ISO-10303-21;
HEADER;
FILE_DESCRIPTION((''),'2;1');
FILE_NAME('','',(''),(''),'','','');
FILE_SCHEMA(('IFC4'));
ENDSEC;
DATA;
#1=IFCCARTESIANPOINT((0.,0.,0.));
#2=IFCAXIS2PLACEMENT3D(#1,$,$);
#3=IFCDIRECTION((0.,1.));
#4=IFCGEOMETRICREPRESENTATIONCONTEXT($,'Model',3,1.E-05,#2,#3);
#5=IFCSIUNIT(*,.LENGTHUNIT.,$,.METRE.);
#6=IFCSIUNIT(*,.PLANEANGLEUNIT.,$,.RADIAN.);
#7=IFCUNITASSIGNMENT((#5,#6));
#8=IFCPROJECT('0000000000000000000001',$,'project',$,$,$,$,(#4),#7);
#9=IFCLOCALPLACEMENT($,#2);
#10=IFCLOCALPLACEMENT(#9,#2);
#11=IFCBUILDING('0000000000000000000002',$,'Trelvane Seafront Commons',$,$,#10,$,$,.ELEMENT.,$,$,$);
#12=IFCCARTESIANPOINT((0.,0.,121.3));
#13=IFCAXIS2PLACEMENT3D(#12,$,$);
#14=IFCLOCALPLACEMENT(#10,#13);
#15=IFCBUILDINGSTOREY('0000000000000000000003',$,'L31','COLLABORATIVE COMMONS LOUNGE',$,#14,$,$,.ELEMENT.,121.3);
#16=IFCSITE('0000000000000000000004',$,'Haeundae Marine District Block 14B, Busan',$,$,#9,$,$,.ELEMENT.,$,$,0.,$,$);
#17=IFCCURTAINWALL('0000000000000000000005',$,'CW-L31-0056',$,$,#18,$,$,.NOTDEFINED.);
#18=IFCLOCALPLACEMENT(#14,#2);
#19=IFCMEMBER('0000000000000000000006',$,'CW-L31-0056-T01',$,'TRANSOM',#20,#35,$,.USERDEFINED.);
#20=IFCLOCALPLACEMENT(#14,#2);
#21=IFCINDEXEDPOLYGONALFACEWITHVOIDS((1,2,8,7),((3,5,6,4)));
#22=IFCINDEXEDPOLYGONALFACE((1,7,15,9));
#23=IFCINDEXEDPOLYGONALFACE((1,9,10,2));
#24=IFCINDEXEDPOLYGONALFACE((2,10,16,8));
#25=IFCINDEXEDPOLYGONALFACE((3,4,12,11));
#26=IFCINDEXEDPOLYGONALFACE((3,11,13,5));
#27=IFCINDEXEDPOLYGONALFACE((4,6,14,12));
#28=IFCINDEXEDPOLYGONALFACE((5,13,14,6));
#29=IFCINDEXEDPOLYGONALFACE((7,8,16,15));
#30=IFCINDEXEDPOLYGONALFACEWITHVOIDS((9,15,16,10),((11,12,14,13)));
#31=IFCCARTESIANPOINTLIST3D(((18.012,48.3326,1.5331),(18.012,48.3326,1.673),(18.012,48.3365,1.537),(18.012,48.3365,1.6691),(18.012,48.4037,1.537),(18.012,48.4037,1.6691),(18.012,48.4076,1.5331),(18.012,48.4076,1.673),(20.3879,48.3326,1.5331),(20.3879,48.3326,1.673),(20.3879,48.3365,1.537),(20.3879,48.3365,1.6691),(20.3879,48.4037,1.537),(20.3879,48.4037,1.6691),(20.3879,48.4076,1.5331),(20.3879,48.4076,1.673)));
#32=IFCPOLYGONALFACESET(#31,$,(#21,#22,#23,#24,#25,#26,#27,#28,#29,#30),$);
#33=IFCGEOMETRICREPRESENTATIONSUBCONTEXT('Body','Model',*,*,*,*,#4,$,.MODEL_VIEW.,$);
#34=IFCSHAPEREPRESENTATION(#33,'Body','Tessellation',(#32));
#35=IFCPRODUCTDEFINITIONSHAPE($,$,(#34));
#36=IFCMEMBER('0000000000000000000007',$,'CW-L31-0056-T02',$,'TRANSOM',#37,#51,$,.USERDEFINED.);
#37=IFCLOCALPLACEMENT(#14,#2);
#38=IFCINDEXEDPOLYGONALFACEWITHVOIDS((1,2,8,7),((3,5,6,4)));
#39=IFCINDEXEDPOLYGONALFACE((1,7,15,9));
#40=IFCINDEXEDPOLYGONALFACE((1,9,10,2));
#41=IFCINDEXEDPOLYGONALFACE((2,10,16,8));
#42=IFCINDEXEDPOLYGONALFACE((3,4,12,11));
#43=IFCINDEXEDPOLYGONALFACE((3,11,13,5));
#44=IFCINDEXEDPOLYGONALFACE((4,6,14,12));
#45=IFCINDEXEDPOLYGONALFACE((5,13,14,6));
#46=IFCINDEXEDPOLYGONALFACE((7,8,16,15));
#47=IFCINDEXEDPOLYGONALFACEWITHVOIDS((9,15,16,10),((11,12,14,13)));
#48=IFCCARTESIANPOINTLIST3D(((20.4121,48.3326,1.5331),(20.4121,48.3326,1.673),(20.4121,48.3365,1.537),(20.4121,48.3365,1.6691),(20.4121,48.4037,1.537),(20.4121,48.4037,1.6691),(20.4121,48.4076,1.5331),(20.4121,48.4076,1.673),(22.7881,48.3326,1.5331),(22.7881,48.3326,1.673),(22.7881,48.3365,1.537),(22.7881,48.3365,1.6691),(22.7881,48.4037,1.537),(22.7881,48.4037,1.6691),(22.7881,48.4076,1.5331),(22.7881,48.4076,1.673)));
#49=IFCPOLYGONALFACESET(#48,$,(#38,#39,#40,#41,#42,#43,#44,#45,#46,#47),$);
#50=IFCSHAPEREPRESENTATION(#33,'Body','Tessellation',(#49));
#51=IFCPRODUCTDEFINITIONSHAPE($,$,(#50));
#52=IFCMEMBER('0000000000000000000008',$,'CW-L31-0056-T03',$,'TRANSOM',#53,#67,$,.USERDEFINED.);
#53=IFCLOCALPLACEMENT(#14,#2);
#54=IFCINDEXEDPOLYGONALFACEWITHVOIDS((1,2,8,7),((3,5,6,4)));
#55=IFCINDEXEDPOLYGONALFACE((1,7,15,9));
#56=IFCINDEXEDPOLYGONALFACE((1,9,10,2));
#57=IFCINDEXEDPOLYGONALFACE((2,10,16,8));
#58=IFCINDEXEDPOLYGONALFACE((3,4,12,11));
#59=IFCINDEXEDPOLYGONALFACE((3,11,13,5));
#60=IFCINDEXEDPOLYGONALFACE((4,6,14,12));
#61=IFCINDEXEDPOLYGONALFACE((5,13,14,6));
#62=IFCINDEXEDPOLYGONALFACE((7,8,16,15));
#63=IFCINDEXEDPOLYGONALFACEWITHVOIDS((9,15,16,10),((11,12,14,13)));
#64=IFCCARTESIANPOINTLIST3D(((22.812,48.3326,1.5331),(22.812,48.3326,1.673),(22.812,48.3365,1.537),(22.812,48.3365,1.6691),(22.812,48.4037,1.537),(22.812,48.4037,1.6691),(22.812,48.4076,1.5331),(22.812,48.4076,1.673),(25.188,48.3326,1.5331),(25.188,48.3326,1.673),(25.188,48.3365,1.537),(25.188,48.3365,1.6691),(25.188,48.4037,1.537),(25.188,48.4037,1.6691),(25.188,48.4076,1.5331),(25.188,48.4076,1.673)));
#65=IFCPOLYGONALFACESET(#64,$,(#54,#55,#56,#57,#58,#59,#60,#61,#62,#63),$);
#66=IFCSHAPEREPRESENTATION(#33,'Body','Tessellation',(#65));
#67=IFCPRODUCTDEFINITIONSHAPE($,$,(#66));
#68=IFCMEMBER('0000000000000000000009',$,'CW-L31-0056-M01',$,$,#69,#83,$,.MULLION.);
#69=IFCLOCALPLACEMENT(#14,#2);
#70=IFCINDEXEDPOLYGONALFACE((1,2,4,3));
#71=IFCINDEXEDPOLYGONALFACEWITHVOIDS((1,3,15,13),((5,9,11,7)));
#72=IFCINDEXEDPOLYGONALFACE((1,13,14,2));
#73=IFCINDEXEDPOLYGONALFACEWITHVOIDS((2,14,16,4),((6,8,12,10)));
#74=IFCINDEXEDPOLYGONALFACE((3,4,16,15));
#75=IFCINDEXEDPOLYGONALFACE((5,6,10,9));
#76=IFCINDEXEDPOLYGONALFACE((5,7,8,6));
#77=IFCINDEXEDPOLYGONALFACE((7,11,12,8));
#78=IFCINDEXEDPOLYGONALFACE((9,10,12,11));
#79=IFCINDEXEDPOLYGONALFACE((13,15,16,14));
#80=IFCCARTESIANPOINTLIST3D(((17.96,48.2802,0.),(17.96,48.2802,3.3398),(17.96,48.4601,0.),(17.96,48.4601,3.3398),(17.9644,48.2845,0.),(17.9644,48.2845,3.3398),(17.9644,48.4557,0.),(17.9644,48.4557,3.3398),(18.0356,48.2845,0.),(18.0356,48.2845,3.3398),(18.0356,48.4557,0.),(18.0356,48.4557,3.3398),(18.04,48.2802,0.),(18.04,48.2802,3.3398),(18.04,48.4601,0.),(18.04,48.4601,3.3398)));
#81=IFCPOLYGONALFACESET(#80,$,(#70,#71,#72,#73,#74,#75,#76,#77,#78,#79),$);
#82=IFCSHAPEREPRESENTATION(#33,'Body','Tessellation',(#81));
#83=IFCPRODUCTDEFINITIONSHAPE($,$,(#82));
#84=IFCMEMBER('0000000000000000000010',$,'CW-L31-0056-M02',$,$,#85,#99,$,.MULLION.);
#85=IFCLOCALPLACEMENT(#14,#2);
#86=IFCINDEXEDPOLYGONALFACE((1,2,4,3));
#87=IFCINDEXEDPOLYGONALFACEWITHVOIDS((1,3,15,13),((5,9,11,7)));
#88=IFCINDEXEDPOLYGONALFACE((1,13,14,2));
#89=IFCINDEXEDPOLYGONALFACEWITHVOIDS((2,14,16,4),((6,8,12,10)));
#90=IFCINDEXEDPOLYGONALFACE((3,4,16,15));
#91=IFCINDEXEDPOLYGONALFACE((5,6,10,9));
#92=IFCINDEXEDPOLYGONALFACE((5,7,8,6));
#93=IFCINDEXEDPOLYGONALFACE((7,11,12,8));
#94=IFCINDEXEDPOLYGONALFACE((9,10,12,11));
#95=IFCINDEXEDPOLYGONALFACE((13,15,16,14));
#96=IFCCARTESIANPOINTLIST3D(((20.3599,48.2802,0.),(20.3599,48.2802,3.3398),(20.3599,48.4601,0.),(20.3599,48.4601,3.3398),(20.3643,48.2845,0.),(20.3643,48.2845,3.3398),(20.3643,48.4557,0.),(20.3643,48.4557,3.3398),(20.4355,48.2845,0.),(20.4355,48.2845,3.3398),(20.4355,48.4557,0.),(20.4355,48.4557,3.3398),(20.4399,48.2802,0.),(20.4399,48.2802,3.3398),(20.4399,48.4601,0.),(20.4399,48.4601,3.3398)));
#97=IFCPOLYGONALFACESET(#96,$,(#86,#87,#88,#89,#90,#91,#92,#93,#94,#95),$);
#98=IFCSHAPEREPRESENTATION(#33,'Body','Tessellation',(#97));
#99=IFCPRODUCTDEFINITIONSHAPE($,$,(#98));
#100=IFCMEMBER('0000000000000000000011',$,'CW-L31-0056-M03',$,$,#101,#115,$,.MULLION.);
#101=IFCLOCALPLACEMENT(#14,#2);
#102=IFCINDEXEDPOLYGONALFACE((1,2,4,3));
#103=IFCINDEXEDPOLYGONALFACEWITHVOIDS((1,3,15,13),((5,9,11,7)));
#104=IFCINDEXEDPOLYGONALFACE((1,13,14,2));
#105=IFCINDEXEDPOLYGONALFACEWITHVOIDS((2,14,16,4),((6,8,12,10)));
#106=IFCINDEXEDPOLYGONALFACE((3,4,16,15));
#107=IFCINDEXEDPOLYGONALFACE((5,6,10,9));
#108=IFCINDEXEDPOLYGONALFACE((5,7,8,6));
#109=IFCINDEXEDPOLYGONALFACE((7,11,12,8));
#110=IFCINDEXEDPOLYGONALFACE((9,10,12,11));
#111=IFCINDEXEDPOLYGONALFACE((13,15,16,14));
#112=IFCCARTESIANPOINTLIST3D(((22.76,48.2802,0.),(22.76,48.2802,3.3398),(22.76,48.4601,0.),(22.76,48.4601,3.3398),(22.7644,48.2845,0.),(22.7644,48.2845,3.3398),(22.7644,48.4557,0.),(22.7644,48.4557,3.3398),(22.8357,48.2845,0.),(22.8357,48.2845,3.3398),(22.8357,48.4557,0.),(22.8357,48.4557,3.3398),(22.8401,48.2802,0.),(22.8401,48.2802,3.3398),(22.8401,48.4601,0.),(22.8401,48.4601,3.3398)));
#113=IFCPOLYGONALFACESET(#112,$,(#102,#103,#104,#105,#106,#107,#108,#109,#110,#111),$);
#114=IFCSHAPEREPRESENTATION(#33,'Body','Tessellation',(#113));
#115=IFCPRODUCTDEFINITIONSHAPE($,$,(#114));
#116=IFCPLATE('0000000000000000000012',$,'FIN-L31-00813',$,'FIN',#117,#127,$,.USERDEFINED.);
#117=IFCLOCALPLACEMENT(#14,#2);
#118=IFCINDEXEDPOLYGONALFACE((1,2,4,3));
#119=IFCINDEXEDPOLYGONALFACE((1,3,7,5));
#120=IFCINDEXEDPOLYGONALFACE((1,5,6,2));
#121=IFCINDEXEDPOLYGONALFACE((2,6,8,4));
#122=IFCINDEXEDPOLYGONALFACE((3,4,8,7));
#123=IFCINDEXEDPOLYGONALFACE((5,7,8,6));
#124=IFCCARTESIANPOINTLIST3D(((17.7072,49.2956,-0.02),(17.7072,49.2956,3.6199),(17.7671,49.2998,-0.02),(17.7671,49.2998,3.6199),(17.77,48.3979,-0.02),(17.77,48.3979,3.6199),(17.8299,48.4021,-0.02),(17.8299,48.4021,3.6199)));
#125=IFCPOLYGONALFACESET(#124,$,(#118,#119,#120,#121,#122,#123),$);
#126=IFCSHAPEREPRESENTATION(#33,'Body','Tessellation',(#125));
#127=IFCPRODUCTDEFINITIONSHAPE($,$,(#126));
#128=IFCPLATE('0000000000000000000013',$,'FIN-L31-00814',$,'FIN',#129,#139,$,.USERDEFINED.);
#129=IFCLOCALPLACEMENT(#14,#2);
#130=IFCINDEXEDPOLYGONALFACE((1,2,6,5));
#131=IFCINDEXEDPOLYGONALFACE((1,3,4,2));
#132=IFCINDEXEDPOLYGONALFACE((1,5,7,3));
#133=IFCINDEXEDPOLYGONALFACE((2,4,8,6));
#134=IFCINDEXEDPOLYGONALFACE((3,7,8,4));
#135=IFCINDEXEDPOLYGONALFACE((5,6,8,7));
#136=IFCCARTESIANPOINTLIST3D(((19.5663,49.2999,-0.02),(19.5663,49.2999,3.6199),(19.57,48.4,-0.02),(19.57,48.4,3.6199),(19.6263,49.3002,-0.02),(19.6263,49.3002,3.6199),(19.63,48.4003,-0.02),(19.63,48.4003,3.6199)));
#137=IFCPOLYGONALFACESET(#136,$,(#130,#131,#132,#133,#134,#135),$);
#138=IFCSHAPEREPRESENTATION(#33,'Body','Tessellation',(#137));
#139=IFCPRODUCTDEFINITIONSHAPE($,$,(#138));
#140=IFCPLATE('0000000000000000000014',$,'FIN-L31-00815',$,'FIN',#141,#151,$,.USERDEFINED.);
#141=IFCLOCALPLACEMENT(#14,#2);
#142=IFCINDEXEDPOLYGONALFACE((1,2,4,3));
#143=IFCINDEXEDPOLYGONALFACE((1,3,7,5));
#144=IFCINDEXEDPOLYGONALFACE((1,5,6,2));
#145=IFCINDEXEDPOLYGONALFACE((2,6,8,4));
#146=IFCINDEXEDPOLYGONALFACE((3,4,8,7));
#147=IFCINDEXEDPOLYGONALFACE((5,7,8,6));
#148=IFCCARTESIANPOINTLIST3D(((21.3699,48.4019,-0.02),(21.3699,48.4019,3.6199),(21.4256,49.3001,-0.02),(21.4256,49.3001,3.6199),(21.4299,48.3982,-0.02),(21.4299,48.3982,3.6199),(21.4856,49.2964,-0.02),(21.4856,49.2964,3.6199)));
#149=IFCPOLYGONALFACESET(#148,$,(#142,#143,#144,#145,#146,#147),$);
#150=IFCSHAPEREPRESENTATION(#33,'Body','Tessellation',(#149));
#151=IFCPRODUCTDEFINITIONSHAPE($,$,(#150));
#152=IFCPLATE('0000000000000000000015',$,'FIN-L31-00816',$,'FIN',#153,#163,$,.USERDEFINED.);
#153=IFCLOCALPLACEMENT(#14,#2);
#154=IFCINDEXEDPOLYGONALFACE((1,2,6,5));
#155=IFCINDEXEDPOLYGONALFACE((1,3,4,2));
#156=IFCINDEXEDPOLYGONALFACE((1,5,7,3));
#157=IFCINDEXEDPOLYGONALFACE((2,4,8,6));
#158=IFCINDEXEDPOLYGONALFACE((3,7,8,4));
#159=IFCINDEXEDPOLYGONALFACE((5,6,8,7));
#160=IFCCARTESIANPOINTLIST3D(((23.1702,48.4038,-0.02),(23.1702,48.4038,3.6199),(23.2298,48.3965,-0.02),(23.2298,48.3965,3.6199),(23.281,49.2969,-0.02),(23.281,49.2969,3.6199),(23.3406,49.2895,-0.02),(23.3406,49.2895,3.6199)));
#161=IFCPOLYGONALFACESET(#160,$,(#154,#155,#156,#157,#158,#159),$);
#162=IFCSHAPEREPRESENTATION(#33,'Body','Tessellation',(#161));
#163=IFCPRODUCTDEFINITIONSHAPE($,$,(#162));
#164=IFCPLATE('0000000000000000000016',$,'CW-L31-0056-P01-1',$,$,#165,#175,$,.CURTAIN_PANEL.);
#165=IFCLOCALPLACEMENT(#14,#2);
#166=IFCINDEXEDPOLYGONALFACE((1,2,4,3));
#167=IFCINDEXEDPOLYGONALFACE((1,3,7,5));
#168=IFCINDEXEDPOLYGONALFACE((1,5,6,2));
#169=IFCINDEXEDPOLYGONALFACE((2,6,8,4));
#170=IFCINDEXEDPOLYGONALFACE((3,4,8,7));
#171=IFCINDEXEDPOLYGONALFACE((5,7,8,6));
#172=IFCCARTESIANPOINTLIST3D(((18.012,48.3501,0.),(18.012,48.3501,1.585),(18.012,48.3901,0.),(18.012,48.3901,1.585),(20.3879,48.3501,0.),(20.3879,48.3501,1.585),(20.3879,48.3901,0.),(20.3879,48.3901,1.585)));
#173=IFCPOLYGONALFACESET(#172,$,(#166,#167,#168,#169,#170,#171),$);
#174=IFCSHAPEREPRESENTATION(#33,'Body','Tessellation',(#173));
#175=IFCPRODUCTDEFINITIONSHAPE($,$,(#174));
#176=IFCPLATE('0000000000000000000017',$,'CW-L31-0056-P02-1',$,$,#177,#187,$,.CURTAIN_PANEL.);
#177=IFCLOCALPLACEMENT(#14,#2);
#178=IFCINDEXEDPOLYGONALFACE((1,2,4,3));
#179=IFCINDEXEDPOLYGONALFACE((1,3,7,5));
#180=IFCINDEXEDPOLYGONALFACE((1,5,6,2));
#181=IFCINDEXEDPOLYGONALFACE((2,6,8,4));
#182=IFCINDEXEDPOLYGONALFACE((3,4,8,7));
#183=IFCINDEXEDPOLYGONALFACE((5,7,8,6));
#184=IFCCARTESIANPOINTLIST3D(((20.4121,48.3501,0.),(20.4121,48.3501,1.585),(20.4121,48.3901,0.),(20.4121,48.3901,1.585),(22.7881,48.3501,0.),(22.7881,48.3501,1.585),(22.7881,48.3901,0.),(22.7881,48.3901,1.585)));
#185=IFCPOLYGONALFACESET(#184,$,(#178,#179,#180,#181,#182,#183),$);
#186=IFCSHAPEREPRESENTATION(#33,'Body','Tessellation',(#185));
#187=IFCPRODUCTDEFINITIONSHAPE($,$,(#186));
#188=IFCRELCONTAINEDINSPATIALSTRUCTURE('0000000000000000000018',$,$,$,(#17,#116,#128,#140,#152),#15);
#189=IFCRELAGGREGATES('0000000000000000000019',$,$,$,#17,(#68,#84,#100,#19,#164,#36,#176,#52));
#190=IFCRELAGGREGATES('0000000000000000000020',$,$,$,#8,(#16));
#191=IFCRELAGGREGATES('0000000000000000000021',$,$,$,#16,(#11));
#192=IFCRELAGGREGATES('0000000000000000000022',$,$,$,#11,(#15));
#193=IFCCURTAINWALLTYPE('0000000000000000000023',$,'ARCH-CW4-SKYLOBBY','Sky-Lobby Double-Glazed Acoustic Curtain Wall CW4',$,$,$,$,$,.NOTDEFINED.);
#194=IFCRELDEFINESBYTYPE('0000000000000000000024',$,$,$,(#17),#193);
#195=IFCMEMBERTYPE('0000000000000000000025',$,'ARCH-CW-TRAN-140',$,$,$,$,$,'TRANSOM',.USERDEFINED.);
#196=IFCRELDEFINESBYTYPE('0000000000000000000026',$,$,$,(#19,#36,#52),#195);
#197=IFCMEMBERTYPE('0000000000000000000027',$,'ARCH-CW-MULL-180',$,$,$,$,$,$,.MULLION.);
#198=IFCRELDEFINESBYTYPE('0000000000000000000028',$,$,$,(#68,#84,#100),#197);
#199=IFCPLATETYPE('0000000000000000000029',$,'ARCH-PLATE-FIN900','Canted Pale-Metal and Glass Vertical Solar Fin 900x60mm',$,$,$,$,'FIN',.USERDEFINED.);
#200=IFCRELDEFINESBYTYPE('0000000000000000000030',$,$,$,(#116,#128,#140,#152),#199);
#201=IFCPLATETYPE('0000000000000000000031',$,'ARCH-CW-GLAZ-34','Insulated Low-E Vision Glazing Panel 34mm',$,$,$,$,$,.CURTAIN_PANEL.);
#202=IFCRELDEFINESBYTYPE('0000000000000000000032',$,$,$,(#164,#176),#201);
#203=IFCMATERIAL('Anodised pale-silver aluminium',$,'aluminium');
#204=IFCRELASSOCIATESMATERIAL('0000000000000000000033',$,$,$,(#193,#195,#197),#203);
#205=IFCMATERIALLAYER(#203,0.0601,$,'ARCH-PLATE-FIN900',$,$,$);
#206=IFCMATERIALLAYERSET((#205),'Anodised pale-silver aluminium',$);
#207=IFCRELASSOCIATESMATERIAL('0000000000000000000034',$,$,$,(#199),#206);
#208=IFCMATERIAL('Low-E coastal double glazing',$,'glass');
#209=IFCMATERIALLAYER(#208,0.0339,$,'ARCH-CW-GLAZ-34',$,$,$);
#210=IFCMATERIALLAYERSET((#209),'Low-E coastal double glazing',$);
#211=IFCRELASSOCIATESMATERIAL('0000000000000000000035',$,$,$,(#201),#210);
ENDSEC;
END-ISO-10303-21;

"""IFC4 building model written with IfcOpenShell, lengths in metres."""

from ifc_helpers import new_model, si_unit, direction, frame, origin, origin_2d, place, context, subcontext, project, spatial, rectangle, hollow_rectangle, extrude, source, transform, mapped, material, layer, layer_set, material_profile, profile_set, type_object, element, aggregate, save


model = new_model("IFC4")

# Units and contexts
model_context = context("Model", 3, precision=1e-05, world=origin(), true_north=direction((0.0, 1.0)))
body_context = subcontext(model_context, "Body", "Model", "MODEL_VIEW")
ifc_project = project(units=[si_unit("LENGTHUNIT", "METRE"), si_unit("PLANEANGLEUNIT", "RADIAN")], contexts=[model_context])

# Site, building, storey
site_placement = place(None, origin())
site = spatial("IfcSite", under=ifc_project, at=site_placement, Name="Haeundae Marine District Block 14B, Busan", CompositionType="ELEMENT", RefElevation=0.0)
building_placement = place(site_placement, origin())
building = spatial("IfcBuilding", under=site, at=building_placement, Name="Trelvane Seafront Commons", CompositionType="ELEMENT")
storey_placement = place(building_placement, frame((0.0, 0.0, 121.3)))
storey = spatial("IfcBuildingStorey", under=building, at=storey_placement, Name="L31", Description="COLLABORATIVE COMMONS LOUNGE", CompositionType="ELEMENT", Elevation=121.3)

# Curtain wall, members
ifc_material_1 = material(Name="Anodised pale-silver aluminium", Category="aluminium")
curtain_wall_type = type_object("IfcCurtainWallType", Name="ARCH-CW4-SKYLOBBY", Description="Sky-Lobby Double-Glazed Acoustic Curtain Wall CW4", PredefinedType="NOTDEFINED", material=ifc_material_1)
curtain_wall_placement = place(storey_placement, origin())
curtain_wall = element("IfcCurtainWall", 1, at=curtain_wall_placement, inside=storey, type_object=curtain_wall_type, Name="CW-L31-0056", PredefinedType="NOTDEFINED")
ifc_material_profile_1 = material_profile(ifc_material_1, hollow_rectangle(XDim=0.075, YDim=0.1399, WallThickness=0.0039, at=origin_2d()), Name="TRAN-75x140x4")
ifc_profile_set_1 = profile_set([ifc_material_profile_1], Name="Anodised pale-silver aluminium")
member_type_1 = type_object("IfcMemberType", Name="ARCH-CW-TRAN-140", ElementType="TRANSOM", PredefinedType="USERDEFINED", material=ifc_profile_set_1)
shared_shape_1 = source(origin(), body_context, "Body", "SweptSolid", [
    extrude(hollow_rectangle(XDim=0.075, YDim=0.1399, WallThickness=0.0039, at=origin_2d()), origin(), (0.0, 0.0, 1.0), 2.376),
])
member_1_placement = place(storey_placement, frame((18.012, 48.3701, 1.603), z_axis=(1.0, 0.0, 0.0), x_axis=(0.0, 1.0, 0.0)))
member_1 = element("IfcMember", 2, at=member_1_placement, type_object=member_type_1, Name="CW-L31-0056-T01", ObjectType="TRANSOM", PredefinedType="USERDEFINED", context=body_context, shape_type="MappedRepresentation", body=[
    mapped(shared_shape_1, transform((0.0, 0.0, 0.0), x_axis=(1.0, 0.0, 0.0), y_axis=(0.0, 1.0, 0.0), z_axis=(0.0, 0.0, 1.0), scale=1.0)),
])
member_2_placement = place(storey_placement, frame((20.4121, 48.3701, 1.603), z_axis=(1.0, 0.0, 0.0), x_axis=(0.0, 1.0, 0.0)))
member_2 = element("IfcMember", 3, at=member_2_placement, type_object=member_type_1, Name="CW-L31-0056-T02", ObjectType="TRANSOM", PredefinedType="USERDEFINED", context=body_context, shape_type="MappedRepresentation", body=[
    mapped(shared_shape_1, transform((0.0, 0.0, 0.0), x_axis=(1.0, 0.0, 0.0), y_axis=(0.0, 1.0, 0.0), z_axis=(0.0, 0.0, 1.0), scale=1.0)),
])
member_3_placement = place(storey_placement, frame((22.812, 48.3701, 1.603), z_axis=(1.0, 0.0, 0.0), x_axis=(0.0, 1.0, 0.0)))
member_3 = element("IfcMember", 4, at=member_3_placement, type_object=member_type_1, Name="CW-L31-0056-T03", ObjectType="TRANSOM", PredefinedType="USERDEFINED", context=body_context, shape_type="MappedRepresentation", body=[
    mapped(shared_shape_1, transform((0.0, 0.0, 0.0), x_axis=(1.0, 0.0, 0.0), y_axis=(0.0, 1.0, 0.0), z_axis=(0.0, 0.0, 1.0), scale=1.0)),
])
ifc_material_profile_2 = material_profile(ifc_material_1, hollow_rectangle(XDim=0.0801, YDim=0.1799, WallThickness=0.0044, at=origin_2d()), Name="MULL-80x180x4.5")
ifc_profile_set_2 = profile_set([ifc_material_profile_2], Name="Anodised pale-silver aluminium")
member_type_2 = type_object("IfcMemberType", Name="ARCH-CW-MULL-180", PredefinedType="MULLION", material=ifc_profile_set_2)
shared_shape_2 = source(origin(), body_context, "Body", "SweptSolid", [
    extrude(hollow_rectangle(XDim=0.0801, YDim=0.1799, WallThickness=0.0044, at=origin_2d()), origin(), (0.0, 0.0, 1.0), 3.3398),
])
member_4_placement = place(storey_placement, frame((18.0, 48.3701, 0.0), z_axis=(0.0, 0.0, 1.0), x_axis=(1.0, 0.0, 0.0)))
member_4 = element("IfcMember", 5, at=member_4_placement, type_object=member_type_2, Name="CW-L31-0056-M01", PredefinedType="MULLION", context=body_context, shape_type="MappedRepresentation", body=[
    mapped(shared_shape_2, transform((0.0, 0.0, 0.0), x_axis=(1.0, 0.0, 0.0), y_axis=(0.0, 1.0, 0.0), z_axis=(0.0, 0.0, 1.0), scale=1.0)),
])
member_5_placement = place(storey_placement, frame((20.3999, 48.3701, 0.0), z_axis=(0.0, 0.0, 1.0), x_axis=(1.0, 0.0, 0.0)))
member_5 = element("IfcMember", 6, at=member_5_placement, type_object=member_type_2, Name="CW-L31-0056-M02", PredefinedType="MULLION", context=body_context, shape_type="MappedRepresentation", body=[
    mapped(shared_shape_2, transform((0.0, 0.0, 0.0), x_axis=(1.0, 0.0, 0.0), y_axis=(0.0, 1.0, 0.0), z_axis=(0.0, 0.0, 1.0), scale=1.0)),
])
member_6_placement = place(storey_placement, frame((22.8, 48.3701, 0.0), z_axis=(0.0, 0.0, 1.0), x_axis=(1.0, 0.0, 0.0)))
member_6 = element("IfcMember", 7, at=member_6_placement, type_object=member_type_2, Name="CW-L31-0056-M03", PredefinedType="MULLION", context=body_context, shape_type="MappedRepresentation", body=[
    mapped(shared_shape_2, transform((0.0, 0.0, 0.0), x_axis=(1.0, 0.0, 0.0), y_axis=(0.0, 1.0, 0.0), z_axis=(0.0, 0.0, 1.0), scale=1.0)),
])

# Plates
ifc_layer_1 = layer(ifc_material_1, 0.0601, Name="ARCH-PLATE-FIN900")
ifc_layer_set_1 = layer_set([ifc_layer_1], Name="Anodised pale-silver aluminium")
plate_type_1 = type_object("IfcPlateType", Name="ARCH-PLATE-FIN900", Description="Canted Pale-Metal and Glass Vertical Solar Fin 900x60mm", ElementType="FIN", PredefinedType="USERDEFINED", material=ifc_layer_set_1)
shared_shape_3 = source(origin(), body_context, "Body", "SweptSolid", [
    extrude(rectangle(XDim=0.8999, YDim=0.0601, at=origin_2d()), origin(), (0.0, 0.0, 1.0), 3.6399),
])
for number, where, z_axis, x_axis, name in (
    (8, (17.7686, 48.8489, -0.02), (0.0, 0.0, 1.0), (-0.069779, 0.997562, 0.0), "FIN-L31-00813"),
    (9, (19.5981, 48.8501, -0.02), (0.0, 0.0, 1.0), (-0.00411, 0.999992, 0.0), "FIN-L31-00814"),
    (10, (21.4277, 48.8491, -0.02), (0.0, 0.0, 1.0), (0.061886, 0.998083, 0.0), "FIN-L31-00815"),
    (11, (23.2554, 48.8467, -0.02), (0.0, 0.0, 1.0), (0.123104, 0.992394, 0.0), "FIN-L31-00816"),
):
    element("IfcPlate", number, at=place(storey_placement, frame(where, z_axis=z_axis, x_axis=x_axis)), inside=storey, type_object=plate_type_1, Name=name, ObjectType="FIN", PredefinedType="USERDEFINED", context=body_context, shape_type="MappedRepresentation", body=[
        mapped(shared_shape_3, transform((0.0, 0.0, 0.0), x_axis=(1.0, 0.0, 0.0), y_axis=(0.0, 1.0, 0.0), z_axis=(0.0, 0.0, 1.0), scale=1.0)),
    ])

# Plates
ifc_material_2 = material(Name="Low-E coastal double glazing", Category="glass")
ifc_layer_2 = layer(ifc_material_2, 0.0339, Name="ARCH-CW-GLAZ-34")
ifc_layer_set_2 = layer_set([ifc_layer_2], Name="Low-E coastal double glazing")
plate_type_2 = type_object("IfcPlateType", Name="ARCH-CW-GLAZ-34", Description="Insulated Low-E Vision Glazing Panel 34mm", PredefinedType="CURTAIN_PANEL", material=ifc_layer_set_2)
shared_shape_4 = source(origin(), body_context, "Body", "SweptSolid", [
    extrude(rectangle(XDim=2.376, YDim=0.04, at=origin_2d()), origin(), (0.0, 0.0, 1.0), 1.585),
])
plate_1_placement = place(storey_placement, frame((19.2, 48.3701, 0.0), z_axis=(0.0, 0.0, 1.0), x_axis=(1.0, 0.0, 0.0)))
plate_1 = element("IfcPlate", 12, at=plate_1_placement, type_object=plate_type_2, Name="CW-L31-0056-P01-1", PredefinedType="CURTAIN_PANEL", context=body_context, shape_type="MappedRepresentation", body=[
    mapped(shared_shape_4, transform((0.0, 0.0, 0.0), x_axis=(1.0, 0.0, 0.0), y_axis=(0.0, 1.0, 0.0), z_axis=(0.0, 0.0, 1.0), scale=1.0)),
])
plate_2_placement = place(storey_placement, frame((21.6001, 48.3701, 0.0), z_axis=(0.0, 0.0, 1.0), x_axis=(1.0, 0.0, 0.0)))
plate_2 = element("IfcPlate", 13, at=plate_2_placement, type_object=plate_type_2, Name="CW-L31-0056-P02-1", PredefinedType="CURTAIN_PANEL", context=body_context, shape_type="MappedRepresentation", body=[
    mapped(shared_shape_4, transform((0.0, 0.0, 0.0), x_axis=(1.0, 0.0, 0.0), y_axis=(0.0, 1.0, 0.0), z_axis=(0.0, 0.0, 1.0), scale=1.0)),
])
aggregate(curtain_wall, [member_4, member_5, member_6, member_1, plate_1, member_2, plate_2, member_3])

save(model, "model.ifc")
